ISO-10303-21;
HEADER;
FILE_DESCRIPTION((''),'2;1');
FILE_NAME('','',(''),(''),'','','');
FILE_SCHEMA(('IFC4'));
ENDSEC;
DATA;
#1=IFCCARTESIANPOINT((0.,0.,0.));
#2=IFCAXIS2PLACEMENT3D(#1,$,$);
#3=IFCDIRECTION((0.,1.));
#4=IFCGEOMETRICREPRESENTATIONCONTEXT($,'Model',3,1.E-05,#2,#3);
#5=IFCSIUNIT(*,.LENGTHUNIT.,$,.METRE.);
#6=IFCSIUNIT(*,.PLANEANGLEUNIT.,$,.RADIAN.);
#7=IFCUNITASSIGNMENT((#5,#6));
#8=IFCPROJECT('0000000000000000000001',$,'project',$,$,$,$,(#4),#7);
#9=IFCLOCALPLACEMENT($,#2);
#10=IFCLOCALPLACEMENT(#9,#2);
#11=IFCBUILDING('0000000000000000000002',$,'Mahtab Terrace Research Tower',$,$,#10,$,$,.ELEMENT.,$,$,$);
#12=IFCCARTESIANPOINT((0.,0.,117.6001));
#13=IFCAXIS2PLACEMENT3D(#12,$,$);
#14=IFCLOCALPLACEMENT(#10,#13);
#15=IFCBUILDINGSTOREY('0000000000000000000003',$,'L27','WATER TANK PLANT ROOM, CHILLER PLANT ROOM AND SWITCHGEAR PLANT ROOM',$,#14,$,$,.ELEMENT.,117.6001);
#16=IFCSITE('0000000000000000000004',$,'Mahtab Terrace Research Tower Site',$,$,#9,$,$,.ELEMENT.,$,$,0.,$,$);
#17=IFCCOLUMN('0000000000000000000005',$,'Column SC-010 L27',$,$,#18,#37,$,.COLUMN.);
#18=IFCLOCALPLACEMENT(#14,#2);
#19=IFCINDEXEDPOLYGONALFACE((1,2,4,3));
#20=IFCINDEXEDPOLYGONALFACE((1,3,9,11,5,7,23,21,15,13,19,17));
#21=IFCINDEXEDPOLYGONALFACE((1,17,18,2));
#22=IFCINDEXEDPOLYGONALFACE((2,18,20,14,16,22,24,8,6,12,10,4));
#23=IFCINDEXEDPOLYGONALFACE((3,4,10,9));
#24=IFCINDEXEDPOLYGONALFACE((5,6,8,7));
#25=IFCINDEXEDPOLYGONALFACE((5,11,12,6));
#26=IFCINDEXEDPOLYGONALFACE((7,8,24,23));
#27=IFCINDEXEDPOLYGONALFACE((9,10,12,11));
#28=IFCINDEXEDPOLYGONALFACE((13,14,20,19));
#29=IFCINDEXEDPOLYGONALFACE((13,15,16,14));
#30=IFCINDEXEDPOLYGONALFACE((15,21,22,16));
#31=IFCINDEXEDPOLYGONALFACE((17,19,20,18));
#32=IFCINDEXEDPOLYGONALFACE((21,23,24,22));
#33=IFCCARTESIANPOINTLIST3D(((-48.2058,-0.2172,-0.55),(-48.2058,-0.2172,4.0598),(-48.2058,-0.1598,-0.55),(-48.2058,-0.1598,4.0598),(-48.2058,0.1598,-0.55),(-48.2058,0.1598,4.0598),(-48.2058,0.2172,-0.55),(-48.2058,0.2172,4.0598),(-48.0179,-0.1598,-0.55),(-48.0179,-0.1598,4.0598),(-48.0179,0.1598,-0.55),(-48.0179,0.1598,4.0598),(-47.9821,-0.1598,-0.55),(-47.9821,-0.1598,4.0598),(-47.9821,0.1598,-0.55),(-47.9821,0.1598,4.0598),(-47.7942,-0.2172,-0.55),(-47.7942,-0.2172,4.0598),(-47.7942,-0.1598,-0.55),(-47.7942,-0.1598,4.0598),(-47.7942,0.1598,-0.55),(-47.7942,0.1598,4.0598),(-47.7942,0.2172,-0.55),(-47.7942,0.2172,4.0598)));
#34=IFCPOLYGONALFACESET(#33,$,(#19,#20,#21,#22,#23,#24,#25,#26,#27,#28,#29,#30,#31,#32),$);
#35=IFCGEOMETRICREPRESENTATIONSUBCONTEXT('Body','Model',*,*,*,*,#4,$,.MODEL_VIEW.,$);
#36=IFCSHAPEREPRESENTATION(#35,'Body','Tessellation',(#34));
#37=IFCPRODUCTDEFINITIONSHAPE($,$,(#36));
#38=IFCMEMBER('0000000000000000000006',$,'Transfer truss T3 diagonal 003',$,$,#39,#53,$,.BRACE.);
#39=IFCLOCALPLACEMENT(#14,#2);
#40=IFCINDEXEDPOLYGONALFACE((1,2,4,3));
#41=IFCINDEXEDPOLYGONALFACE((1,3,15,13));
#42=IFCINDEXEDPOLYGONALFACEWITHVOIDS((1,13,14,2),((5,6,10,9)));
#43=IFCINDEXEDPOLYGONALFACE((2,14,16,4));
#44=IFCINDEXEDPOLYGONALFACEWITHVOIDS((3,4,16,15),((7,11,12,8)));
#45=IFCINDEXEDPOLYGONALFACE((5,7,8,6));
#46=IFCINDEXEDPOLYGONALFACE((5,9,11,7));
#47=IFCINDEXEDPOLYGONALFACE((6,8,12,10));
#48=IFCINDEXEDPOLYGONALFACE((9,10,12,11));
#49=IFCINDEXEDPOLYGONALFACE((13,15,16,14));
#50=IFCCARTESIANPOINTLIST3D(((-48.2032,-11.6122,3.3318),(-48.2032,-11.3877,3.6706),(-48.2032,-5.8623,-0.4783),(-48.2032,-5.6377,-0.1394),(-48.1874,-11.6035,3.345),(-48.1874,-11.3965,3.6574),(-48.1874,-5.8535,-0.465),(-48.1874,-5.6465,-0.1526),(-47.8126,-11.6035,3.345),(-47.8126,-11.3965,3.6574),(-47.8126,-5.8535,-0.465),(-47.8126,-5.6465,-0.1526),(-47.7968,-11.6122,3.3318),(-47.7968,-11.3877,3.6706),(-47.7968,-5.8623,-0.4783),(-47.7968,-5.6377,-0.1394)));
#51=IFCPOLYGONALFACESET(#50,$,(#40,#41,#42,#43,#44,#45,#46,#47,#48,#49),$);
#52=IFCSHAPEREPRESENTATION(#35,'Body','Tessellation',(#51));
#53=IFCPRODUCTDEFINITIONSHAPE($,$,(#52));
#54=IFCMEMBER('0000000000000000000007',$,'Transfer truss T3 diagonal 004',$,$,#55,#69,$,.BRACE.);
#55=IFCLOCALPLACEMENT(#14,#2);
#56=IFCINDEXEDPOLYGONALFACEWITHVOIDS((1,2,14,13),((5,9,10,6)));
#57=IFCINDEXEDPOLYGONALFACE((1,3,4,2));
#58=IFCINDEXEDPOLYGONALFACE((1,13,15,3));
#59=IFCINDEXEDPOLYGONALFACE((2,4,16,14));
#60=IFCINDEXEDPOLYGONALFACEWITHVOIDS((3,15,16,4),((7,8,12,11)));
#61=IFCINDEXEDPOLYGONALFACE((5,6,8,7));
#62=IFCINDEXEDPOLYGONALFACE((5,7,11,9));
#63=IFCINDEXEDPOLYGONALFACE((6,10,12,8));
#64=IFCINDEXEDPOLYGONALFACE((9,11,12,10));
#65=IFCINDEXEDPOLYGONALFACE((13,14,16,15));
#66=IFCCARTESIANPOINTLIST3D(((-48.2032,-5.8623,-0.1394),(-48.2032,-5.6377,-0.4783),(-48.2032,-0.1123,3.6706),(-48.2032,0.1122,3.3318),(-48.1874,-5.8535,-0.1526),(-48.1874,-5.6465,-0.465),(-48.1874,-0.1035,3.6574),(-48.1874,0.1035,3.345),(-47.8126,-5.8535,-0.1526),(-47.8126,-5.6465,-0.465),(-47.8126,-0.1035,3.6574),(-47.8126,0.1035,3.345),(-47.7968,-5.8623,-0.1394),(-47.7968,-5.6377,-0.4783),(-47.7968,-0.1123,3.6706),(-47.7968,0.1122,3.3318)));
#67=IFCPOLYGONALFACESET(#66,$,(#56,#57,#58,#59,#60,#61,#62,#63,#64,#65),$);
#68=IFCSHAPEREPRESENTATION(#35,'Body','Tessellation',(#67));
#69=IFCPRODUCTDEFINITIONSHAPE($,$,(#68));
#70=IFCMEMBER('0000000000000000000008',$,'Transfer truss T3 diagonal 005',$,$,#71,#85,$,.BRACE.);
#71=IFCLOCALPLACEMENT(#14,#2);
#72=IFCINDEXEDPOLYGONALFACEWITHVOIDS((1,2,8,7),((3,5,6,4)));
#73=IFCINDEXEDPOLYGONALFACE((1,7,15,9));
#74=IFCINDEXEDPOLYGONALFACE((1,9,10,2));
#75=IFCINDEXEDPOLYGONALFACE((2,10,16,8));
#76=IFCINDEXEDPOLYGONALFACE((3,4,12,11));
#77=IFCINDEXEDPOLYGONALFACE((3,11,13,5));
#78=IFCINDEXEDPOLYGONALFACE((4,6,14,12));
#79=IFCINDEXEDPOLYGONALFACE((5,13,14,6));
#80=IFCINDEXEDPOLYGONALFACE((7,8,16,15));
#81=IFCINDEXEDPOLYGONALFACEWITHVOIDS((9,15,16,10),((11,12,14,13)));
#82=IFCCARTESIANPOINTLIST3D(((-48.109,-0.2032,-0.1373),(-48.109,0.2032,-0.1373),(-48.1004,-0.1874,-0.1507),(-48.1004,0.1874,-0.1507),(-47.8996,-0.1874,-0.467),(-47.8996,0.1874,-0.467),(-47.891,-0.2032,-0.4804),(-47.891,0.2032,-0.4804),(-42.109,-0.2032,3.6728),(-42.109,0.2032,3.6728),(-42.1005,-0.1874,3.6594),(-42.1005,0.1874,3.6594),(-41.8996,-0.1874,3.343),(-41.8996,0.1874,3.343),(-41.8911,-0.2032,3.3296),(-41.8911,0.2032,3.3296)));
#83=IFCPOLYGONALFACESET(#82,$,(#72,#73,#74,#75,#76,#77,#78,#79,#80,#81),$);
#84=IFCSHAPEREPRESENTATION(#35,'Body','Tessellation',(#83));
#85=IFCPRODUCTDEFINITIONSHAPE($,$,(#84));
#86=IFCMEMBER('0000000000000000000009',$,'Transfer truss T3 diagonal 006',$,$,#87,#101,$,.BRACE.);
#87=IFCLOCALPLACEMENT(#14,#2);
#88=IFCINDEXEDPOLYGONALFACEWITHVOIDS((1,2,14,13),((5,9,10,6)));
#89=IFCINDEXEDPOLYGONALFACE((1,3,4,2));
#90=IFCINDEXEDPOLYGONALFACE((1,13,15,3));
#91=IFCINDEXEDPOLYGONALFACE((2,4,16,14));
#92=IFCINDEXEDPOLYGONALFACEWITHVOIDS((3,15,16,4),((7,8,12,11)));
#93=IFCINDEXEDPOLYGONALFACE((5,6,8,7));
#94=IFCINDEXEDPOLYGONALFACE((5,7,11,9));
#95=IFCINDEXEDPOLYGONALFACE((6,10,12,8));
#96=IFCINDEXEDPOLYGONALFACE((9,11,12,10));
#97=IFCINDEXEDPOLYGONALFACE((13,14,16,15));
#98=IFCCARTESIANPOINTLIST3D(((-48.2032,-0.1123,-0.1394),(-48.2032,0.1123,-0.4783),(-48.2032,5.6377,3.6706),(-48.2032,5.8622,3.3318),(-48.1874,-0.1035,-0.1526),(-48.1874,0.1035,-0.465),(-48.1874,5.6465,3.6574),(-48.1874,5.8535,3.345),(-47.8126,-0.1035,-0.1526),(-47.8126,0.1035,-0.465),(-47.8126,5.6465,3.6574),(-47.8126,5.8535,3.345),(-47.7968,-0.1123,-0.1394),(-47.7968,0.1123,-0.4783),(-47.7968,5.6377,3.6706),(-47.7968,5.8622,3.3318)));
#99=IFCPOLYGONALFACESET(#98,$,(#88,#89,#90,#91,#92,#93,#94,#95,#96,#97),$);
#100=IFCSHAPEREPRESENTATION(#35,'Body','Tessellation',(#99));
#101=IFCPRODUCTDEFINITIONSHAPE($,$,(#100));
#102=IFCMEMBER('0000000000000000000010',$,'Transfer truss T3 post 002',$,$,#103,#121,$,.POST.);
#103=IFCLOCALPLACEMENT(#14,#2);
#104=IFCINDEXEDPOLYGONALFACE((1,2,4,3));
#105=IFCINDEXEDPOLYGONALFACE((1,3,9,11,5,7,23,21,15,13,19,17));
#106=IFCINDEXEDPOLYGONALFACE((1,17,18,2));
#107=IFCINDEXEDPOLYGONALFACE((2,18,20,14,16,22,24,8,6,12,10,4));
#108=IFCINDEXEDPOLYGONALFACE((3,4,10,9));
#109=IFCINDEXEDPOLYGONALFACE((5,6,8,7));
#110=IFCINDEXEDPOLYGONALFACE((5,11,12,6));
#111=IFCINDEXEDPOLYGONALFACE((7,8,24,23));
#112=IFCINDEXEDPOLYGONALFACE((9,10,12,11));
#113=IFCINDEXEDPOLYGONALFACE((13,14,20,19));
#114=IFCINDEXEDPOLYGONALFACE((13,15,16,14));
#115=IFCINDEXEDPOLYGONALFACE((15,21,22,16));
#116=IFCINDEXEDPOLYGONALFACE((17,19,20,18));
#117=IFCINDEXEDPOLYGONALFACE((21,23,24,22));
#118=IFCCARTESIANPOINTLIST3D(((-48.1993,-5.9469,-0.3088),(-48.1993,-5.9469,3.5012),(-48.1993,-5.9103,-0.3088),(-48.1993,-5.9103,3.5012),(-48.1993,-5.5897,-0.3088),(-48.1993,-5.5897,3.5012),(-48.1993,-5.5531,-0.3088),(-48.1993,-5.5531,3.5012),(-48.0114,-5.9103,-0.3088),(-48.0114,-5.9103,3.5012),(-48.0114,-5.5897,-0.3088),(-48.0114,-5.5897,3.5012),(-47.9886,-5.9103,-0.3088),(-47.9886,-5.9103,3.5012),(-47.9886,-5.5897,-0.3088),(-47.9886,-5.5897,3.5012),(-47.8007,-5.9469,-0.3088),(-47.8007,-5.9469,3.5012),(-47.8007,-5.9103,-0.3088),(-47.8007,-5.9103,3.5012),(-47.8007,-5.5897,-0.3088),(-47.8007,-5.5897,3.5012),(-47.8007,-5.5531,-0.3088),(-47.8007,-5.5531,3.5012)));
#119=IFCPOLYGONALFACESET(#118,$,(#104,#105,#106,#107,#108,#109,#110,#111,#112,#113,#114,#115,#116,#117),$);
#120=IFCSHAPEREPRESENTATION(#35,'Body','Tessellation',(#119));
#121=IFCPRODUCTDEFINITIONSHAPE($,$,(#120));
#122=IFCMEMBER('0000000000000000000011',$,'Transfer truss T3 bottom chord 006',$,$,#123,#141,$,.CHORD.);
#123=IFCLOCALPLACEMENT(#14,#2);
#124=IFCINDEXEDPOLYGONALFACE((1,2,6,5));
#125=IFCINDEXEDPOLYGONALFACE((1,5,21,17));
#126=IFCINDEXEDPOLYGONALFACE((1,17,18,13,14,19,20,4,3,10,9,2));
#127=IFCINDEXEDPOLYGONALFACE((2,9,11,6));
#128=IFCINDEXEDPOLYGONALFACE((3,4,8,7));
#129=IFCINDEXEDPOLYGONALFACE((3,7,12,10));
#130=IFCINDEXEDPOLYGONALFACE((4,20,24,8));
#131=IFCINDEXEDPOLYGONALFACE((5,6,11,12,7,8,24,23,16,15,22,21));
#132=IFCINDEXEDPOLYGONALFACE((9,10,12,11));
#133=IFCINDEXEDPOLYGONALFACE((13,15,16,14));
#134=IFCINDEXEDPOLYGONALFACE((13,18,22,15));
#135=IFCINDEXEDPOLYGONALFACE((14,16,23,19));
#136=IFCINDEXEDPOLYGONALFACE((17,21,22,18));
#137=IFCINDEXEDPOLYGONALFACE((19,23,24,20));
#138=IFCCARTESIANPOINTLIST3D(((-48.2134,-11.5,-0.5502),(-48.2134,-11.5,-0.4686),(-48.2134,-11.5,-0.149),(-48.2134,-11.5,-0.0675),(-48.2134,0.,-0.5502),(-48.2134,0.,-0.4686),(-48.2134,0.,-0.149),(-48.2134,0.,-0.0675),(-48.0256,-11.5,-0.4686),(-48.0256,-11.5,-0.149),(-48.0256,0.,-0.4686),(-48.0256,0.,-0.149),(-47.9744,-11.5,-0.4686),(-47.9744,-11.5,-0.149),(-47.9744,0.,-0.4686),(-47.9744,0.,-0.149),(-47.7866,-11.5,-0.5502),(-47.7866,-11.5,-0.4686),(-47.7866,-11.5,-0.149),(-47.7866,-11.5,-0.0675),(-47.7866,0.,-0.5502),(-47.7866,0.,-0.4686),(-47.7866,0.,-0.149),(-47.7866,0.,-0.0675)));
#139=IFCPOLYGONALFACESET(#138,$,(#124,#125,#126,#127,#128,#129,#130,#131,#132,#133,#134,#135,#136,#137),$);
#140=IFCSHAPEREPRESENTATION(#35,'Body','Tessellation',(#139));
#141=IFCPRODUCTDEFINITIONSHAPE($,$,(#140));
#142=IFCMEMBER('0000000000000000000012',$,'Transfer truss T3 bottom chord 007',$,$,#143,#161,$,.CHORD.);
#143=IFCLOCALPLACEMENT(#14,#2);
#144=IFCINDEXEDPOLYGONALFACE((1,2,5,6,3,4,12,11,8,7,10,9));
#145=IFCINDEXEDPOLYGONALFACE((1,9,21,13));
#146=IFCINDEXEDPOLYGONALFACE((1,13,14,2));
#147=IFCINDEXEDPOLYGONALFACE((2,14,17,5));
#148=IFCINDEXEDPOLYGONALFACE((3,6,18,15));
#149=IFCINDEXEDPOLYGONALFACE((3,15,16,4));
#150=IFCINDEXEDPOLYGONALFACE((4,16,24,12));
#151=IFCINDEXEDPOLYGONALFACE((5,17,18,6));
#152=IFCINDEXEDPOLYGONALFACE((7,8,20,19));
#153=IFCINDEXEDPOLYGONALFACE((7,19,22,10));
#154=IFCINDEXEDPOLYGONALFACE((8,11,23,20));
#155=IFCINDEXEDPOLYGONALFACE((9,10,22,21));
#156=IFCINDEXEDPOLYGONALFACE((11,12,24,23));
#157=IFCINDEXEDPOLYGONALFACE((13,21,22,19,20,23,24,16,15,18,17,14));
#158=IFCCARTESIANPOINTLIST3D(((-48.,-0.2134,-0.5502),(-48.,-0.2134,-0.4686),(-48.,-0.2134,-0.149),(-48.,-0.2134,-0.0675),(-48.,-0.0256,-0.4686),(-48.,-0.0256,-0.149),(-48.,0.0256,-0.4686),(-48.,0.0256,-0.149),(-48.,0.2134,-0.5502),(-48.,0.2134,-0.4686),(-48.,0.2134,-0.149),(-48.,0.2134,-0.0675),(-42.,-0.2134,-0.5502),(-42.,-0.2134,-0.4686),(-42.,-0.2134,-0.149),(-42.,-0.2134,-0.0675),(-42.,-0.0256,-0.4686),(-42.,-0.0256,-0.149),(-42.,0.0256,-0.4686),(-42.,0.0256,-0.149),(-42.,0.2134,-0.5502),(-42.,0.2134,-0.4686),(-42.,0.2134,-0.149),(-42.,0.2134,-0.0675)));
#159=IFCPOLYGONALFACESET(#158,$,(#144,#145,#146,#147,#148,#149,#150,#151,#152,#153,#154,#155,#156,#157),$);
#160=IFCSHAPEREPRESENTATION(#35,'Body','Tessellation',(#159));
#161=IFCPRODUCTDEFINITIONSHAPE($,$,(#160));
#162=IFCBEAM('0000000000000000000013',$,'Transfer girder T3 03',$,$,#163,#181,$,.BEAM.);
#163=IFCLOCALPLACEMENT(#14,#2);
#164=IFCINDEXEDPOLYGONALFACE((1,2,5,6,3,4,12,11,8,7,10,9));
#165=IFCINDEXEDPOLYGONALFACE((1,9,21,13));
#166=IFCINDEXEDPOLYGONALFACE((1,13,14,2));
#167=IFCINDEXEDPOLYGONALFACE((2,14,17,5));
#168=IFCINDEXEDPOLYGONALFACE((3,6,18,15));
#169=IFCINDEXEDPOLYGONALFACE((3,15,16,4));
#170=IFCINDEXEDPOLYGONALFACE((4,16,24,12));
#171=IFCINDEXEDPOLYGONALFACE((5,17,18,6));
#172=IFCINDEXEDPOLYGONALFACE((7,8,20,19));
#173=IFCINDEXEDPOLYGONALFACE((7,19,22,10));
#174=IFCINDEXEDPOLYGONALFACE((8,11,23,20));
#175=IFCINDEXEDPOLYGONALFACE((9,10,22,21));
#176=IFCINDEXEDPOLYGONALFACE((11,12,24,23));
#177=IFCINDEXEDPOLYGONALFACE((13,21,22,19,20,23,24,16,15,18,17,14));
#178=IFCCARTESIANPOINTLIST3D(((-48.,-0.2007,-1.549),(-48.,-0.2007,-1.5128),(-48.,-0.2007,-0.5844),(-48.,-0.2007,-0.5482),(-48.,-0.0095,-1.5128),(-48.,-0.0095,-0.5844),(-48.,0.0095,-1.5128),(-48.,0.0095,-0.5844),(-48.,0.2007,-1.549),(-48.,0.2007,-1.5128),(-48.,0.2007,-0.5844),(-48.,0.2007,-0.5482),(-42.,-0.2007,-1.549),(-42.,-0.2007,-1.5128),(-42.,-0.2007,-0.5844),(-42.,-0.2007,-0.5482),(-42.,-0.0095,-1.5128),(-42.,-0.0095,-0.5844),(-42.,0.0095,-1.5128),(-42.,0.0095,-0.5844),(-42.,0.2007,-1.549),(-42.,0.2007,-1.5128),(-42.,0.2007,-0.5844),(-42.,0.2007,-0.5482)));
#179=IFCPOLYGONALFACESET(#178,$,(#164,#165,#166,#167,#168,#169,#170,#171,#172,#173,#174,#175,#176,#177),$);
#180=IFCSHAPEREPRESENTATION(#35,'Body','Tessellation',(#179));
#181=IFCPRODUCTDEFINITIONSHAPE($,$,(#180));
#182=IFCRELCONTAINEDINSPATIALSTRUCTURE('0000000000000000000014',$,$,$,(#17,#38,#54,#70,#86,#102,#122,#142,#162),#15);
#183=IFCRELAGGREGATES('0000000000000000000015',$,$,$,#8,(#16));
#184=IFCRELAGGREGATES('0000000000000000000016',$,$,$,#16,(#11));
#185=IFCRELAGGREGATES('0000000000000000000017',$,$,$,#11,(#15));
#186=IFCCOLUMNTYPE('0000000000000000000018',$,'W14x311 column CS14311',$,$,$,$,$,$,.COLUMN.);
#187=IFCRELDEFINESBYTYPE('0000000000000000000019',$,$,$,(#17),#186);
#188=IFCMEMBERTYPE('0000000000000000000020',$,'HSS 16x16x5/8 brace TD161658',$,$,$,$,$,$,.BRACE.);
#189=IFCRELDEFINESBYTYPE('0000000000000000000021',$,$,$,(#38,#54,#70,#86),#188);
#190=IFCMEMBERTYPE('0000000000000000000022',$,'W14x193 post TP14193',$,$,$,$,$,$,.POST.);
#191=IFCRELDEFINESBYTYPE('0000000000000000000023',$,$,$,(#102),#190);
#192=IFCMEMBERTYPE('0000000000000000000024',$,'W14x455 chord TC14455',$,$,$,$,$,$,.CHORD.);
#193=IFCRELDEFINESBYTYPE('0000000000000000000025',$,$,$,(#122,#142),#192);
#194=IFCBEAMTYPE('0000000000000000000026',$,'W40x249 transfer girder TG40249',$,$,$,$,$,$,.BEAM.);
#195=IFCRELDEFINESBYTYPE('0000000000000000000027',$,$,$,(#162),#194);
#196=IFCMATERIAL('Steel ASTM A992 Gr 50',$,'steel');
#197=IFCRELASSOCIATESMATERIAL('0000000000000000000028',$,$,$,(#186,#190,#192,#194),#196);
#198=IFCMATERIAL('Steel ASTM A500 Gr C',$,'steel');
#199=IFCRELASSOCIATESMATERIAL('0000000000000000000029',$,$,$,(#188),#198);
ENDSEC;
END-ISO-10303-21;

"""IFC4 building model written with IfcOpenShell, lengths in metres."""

from ifc_helpers import new_model, si_unit, direction, frame, origin, origin_2d, place, context, subcontext, project, spatial, hollow_rectangle, i_section, extrude, material, material_profile, profile_set, type_object, element, save


model = new_model("IFC4")

# Units and contexts
model_context = context("Model", 3, precision=1e-05, world=origin(), true_north=direction((0.0, 1.0)))
body_context = subcontext(model_context, "Body", "Model", "MODEL_VIEW")
ifc_project = project(units=[si_unit("LENGTHUNIT", "METRE"), si_unit("PLANEANGLEUNIT", "RADIAN")], contexts=[model_context])

# Site, building, storey
site_placement = place(None, origin())
site = spatial("IfcSite", under=ifc_project, at=site_placement, Name="Mahtab Terrace Research Tower Site", CompositionType="ELEMENT", RefElevation=0.0)
building_placement = place(site_placement, origin())
building = spatial("IfcBuilding", under=site, at=building_placement, Name="Mahtab Terrace Research Tower", CompositionType="ELEMENT")
storey_placement = place(building_placement, frame((0.0, 0.0, 117.6001)))
storey = spatial("IfcBuildingStorey", under=building, at=storey_placement, Name="L27", Description="WATER TANK PLANT ROOM, CHILLER PLANT ROOM AND SWITCHGEAR PLANT ROOM", CompositionType="ELEMENT", Elevation=117.6001)

# Column
ifc_material_1 = material(Name="Steel ASTM A992 Gr 50", Category="steel")
ifc_material_profile_1 = material_profile(ifc_material_1, i_section(OverallWidth=0.4116, OverallDepth=0.4343, WebThickness=0.0359, FlangeThickness=0.0574, at=origin_2d()), Name="W14X311")
ifc_profile_set_1 = profile_set([ifc_material_profile_1], Name="Steel ASTM A992 Gr 50")
column_type = type_object("IfcColumnType", Name="W14x311 column CS14311", PredefinedType="COLUMN", material=ifc_profile_set_1)
column_placement = place(storey_placement, frame((-48.0, 0.0, -0.55), z_axis=(0.0, 0.0, 1.0), x_axis=(1.0, 0.0, 0.0)))
element("IfcColumn", 1, at=column_placement, inside=storey, type_object=column_type, Name="Column SC-010 L27", PredefinedType="COLUMN", context=body_context, shape_type="SweptSolid", body=[
    extrude(i_section(OverallWidth=0.4116, OverallDepth=0.4343, WebThickness=0.0359, FlangeThickness=0.0574, at=origin_2d()), origin(), (0.0, 0.0, 1.0), 4.6099),
])

# Members
ifc_material_2 = material(Name="Steel ASTM A500 Gr C", Category="steel")
ifc_material_profile_2 = material_profile(ifc_material_2, hollow_rectangle(XDim=0.4065, YDim=0.4065, WallThickness=0.0159, at=origin_2d()), Name="HSS16X16X5/8")
ifc_profile_set_2 = profile_set([ifc_material_profile_2], Name="Steel ASTM A500 Gr C")
member_type_1 = type_object("IfcMemberType", Name="HSS 16x16x5/8 brace TD161658", PredefinedType="BRACE", material=ifc_profile_set_2)
for number, where, z_axis, x_axis, name in (
    (2, (-48.0, -5.75, -0.3088), (0.0, -0.833604, 0.552362), (1.0, 0.0, 0.0), "Transfer truss T3 diagonal 003"),
    (3, (-48.0, -5.75, -0.3088), (0.0, 0.833604, 0.552362), (-1.0, 0.0, 0.0), "Transfer truss T3 diagonal 004"),
):
    element("IfcMember", number, at=place(storey_placement, frame(where, z_axis=z_axis, x_axis=x_axis)), inside=storey, type_object=member_type_1, Name=name, PredefinedType="BRACE", context=body_context, shape_type="SweptSolid", body=[
        extrude(hollow_rectangle(XDim=0.4065, YDim=0.4065, WallThickness=0.0159, at=origin_2d()), origin(), (0.0, 0.0, 1.0), 6.8977),
    ])
member_1_placement = place(storey_placement, frame((-48.0, 0.0, -0.3088), z_axis=(0.844179, 0.0, 0.536062), x_axis=(0.0, 1.0, 0.0)))
element("IfcMember", 4, at=member_1_placement, inside=storey, type_object=member_type_1, Name="Transfer truss T3 diagonal 005", PredefinedType="BRACE", context=body_context, shape_type="SweptSolid", body=[
    extrude(hollow_rectangle(XDim=0.4065, YDim=0.4065, WallThickness=0.0159, at=origin_2d()), origin(), (0.0, 0.0, 1.0), 7.1074),
])
member_2_placement = place(storey_placement, frame((-48.0, 0.0, -0.3088), z_axis=(0.0, 0.833604, 0.552362), x_axis=(-1.0, 0.0, 0.0)))
element("IfcMember", 5, at=member_2_placement, inside=storey, type_object=member_type_1, Name="Transfer truss T3 diagonal 006", PredefinedType="BRACE", context=body_context, shape_type="SweptSolid", body=[
    extrude(hollow_rectangle(XDim=0.4065, YDim=0.4065, WallThickness=0.0159, at=origin_2d()), origin(), (0.0, 0.0, 1.0), 6.8977),
])
ifc_material_profile_3 = material_profile(ifc_material_1, i_section(OverallWidth=0.3987, OverallDepth=0.3938, WebThickness=0.0227, FlangeThickness=0.0366, at=origin_2d()), Name="W14X193")
ifc_profile_set_3 = profile_set([ifc_material_profile_3], Name="Steel ASTM A992 Gr 50")
member_type_2 = type_object("IfcMemberType", Name="W14x193 post TP14193", PredefinedType="POST", material=ifc_profile_set_3)
member_3_placement = place(storey_placement, frame((-48.0, -5.75, -0.3088), z_axis=(0.0, 0.0, 1.0), x_axis=(1.0, 0.0, 0.0)))
element("IfcMember", 6, at=member_3_placement, inside=storey, type_object=member_type_2, Name="Transfer truss T3 post 002", PredefinedType="POST", context=body_context, shape_type="SweptSolid", body=[
    extrude(i_section(OverallWidth=0.3987, OverallDepth=0.3938, WebThickness=0.0227, FlangeThickness=0.0366, at=origin_2d()), origin(), (0.0, 0.0, 1.0), 3.8101),
])
ifc_material_profile_4 = material_profile(ifc_material_1, i_section(OverallWidth=0.4268, OverallDepth=0.4827, WebThickness=0.0513, FlangeThickness=0.0815, at=origin_2d()), Name="W14X455")
ifc_profile_set_4 = profile_set([ifc_material_profile_4], Name="Steel ASTM A992 Gr 50")
member_type_3 = type_object("IfcMemberType", Name="W14x455 chord TC14455", PredefinedType="CHORD", material=ifc_profile_set_4)
member_4_placement = place(storey_placement, frame((-48.0, 0.0, -0.3088), z_axis=(0.0, -1.0, 0.0), x_axis=(1.0, 0.0, 0.0)))
element("IfcMember", 7, at=member_4_placement, inside=storey, type_object=member_type_3, Name="Transfer truss T3 bottom chord 006", PredefinedType="CHORD", context=body_context, shape_type="SweptSolid", body=[
    extrude(i_section(OverallWidth=0.4268, OverallDepth=0.4827, WebThickness=0.0513, FlangeThickness=0.0815, at=origin_2d()), origin(), (0.0, 0.0, 1.0), 11.5),
])
member_5_placement = place(storey_placement, frame((-48.0, 0.0, -0.3088), z_axis=(1.0, 0.0, 0.0), x_axis=(0.0, 1.0, 0.0)))
element("IfcMember", 8, at=member_5_placement, inside=storey, type_object=member_type_3, Name="Transfer truss T3 bottom chord 007", PredefinedType="CHORD", context=body_context, shape_type="SweptSolid", body=[
    extrude(i_section(OverallWidth=0.4268, OverallDepth=0.4827, WebThickness=0.0513, FlangeThickness=0.0815, at=origin_2d()), origin(), (0.0, 0.0, 1.0), 6.0),
])

# Beam
ifc_material_profile_5 = material_profile(ifc_material_1, i_section(OverallWidth=0.4014, OverallDepth=1.0007, WebThickness=0.019, FlangeThickness=0.0361, at=origin_2d()), Name="W40X249")
ifc_profile_set_5 = profile_set([ifc_material_profile_5], Name="Steel ASTM A992 Gr 50")
beam_type = type_object("IfcBeamType", Name="W40x249 transfer girder TG40249", PredefinedType="BEAM", material=ifc_profile_set_5)
beam_placement = place(storey_placement, frame((-48.0, 0.0, -1.0486), z_axis=(1.0, 0.0, 0.0), x_axis=(0.0, 1.0, 0.0)))
element("IfcBeam", 9, at=beam_placement, inside=storey, type_object=beam_type, Name="Transfer girder T3 03", PredefinedType="BEAM", context=body_context, shape_type="SweptSolid", body=[
    extrude(i_section(OverallWidth=0.4014, OverallDepth=1.0007, WebThickness=0.019, FlangeThickness=0.0361, at=origin_2d()), origin(), (0.0, 0.0, 1.0), 6.0),
])

save(model, "model.ifc")
